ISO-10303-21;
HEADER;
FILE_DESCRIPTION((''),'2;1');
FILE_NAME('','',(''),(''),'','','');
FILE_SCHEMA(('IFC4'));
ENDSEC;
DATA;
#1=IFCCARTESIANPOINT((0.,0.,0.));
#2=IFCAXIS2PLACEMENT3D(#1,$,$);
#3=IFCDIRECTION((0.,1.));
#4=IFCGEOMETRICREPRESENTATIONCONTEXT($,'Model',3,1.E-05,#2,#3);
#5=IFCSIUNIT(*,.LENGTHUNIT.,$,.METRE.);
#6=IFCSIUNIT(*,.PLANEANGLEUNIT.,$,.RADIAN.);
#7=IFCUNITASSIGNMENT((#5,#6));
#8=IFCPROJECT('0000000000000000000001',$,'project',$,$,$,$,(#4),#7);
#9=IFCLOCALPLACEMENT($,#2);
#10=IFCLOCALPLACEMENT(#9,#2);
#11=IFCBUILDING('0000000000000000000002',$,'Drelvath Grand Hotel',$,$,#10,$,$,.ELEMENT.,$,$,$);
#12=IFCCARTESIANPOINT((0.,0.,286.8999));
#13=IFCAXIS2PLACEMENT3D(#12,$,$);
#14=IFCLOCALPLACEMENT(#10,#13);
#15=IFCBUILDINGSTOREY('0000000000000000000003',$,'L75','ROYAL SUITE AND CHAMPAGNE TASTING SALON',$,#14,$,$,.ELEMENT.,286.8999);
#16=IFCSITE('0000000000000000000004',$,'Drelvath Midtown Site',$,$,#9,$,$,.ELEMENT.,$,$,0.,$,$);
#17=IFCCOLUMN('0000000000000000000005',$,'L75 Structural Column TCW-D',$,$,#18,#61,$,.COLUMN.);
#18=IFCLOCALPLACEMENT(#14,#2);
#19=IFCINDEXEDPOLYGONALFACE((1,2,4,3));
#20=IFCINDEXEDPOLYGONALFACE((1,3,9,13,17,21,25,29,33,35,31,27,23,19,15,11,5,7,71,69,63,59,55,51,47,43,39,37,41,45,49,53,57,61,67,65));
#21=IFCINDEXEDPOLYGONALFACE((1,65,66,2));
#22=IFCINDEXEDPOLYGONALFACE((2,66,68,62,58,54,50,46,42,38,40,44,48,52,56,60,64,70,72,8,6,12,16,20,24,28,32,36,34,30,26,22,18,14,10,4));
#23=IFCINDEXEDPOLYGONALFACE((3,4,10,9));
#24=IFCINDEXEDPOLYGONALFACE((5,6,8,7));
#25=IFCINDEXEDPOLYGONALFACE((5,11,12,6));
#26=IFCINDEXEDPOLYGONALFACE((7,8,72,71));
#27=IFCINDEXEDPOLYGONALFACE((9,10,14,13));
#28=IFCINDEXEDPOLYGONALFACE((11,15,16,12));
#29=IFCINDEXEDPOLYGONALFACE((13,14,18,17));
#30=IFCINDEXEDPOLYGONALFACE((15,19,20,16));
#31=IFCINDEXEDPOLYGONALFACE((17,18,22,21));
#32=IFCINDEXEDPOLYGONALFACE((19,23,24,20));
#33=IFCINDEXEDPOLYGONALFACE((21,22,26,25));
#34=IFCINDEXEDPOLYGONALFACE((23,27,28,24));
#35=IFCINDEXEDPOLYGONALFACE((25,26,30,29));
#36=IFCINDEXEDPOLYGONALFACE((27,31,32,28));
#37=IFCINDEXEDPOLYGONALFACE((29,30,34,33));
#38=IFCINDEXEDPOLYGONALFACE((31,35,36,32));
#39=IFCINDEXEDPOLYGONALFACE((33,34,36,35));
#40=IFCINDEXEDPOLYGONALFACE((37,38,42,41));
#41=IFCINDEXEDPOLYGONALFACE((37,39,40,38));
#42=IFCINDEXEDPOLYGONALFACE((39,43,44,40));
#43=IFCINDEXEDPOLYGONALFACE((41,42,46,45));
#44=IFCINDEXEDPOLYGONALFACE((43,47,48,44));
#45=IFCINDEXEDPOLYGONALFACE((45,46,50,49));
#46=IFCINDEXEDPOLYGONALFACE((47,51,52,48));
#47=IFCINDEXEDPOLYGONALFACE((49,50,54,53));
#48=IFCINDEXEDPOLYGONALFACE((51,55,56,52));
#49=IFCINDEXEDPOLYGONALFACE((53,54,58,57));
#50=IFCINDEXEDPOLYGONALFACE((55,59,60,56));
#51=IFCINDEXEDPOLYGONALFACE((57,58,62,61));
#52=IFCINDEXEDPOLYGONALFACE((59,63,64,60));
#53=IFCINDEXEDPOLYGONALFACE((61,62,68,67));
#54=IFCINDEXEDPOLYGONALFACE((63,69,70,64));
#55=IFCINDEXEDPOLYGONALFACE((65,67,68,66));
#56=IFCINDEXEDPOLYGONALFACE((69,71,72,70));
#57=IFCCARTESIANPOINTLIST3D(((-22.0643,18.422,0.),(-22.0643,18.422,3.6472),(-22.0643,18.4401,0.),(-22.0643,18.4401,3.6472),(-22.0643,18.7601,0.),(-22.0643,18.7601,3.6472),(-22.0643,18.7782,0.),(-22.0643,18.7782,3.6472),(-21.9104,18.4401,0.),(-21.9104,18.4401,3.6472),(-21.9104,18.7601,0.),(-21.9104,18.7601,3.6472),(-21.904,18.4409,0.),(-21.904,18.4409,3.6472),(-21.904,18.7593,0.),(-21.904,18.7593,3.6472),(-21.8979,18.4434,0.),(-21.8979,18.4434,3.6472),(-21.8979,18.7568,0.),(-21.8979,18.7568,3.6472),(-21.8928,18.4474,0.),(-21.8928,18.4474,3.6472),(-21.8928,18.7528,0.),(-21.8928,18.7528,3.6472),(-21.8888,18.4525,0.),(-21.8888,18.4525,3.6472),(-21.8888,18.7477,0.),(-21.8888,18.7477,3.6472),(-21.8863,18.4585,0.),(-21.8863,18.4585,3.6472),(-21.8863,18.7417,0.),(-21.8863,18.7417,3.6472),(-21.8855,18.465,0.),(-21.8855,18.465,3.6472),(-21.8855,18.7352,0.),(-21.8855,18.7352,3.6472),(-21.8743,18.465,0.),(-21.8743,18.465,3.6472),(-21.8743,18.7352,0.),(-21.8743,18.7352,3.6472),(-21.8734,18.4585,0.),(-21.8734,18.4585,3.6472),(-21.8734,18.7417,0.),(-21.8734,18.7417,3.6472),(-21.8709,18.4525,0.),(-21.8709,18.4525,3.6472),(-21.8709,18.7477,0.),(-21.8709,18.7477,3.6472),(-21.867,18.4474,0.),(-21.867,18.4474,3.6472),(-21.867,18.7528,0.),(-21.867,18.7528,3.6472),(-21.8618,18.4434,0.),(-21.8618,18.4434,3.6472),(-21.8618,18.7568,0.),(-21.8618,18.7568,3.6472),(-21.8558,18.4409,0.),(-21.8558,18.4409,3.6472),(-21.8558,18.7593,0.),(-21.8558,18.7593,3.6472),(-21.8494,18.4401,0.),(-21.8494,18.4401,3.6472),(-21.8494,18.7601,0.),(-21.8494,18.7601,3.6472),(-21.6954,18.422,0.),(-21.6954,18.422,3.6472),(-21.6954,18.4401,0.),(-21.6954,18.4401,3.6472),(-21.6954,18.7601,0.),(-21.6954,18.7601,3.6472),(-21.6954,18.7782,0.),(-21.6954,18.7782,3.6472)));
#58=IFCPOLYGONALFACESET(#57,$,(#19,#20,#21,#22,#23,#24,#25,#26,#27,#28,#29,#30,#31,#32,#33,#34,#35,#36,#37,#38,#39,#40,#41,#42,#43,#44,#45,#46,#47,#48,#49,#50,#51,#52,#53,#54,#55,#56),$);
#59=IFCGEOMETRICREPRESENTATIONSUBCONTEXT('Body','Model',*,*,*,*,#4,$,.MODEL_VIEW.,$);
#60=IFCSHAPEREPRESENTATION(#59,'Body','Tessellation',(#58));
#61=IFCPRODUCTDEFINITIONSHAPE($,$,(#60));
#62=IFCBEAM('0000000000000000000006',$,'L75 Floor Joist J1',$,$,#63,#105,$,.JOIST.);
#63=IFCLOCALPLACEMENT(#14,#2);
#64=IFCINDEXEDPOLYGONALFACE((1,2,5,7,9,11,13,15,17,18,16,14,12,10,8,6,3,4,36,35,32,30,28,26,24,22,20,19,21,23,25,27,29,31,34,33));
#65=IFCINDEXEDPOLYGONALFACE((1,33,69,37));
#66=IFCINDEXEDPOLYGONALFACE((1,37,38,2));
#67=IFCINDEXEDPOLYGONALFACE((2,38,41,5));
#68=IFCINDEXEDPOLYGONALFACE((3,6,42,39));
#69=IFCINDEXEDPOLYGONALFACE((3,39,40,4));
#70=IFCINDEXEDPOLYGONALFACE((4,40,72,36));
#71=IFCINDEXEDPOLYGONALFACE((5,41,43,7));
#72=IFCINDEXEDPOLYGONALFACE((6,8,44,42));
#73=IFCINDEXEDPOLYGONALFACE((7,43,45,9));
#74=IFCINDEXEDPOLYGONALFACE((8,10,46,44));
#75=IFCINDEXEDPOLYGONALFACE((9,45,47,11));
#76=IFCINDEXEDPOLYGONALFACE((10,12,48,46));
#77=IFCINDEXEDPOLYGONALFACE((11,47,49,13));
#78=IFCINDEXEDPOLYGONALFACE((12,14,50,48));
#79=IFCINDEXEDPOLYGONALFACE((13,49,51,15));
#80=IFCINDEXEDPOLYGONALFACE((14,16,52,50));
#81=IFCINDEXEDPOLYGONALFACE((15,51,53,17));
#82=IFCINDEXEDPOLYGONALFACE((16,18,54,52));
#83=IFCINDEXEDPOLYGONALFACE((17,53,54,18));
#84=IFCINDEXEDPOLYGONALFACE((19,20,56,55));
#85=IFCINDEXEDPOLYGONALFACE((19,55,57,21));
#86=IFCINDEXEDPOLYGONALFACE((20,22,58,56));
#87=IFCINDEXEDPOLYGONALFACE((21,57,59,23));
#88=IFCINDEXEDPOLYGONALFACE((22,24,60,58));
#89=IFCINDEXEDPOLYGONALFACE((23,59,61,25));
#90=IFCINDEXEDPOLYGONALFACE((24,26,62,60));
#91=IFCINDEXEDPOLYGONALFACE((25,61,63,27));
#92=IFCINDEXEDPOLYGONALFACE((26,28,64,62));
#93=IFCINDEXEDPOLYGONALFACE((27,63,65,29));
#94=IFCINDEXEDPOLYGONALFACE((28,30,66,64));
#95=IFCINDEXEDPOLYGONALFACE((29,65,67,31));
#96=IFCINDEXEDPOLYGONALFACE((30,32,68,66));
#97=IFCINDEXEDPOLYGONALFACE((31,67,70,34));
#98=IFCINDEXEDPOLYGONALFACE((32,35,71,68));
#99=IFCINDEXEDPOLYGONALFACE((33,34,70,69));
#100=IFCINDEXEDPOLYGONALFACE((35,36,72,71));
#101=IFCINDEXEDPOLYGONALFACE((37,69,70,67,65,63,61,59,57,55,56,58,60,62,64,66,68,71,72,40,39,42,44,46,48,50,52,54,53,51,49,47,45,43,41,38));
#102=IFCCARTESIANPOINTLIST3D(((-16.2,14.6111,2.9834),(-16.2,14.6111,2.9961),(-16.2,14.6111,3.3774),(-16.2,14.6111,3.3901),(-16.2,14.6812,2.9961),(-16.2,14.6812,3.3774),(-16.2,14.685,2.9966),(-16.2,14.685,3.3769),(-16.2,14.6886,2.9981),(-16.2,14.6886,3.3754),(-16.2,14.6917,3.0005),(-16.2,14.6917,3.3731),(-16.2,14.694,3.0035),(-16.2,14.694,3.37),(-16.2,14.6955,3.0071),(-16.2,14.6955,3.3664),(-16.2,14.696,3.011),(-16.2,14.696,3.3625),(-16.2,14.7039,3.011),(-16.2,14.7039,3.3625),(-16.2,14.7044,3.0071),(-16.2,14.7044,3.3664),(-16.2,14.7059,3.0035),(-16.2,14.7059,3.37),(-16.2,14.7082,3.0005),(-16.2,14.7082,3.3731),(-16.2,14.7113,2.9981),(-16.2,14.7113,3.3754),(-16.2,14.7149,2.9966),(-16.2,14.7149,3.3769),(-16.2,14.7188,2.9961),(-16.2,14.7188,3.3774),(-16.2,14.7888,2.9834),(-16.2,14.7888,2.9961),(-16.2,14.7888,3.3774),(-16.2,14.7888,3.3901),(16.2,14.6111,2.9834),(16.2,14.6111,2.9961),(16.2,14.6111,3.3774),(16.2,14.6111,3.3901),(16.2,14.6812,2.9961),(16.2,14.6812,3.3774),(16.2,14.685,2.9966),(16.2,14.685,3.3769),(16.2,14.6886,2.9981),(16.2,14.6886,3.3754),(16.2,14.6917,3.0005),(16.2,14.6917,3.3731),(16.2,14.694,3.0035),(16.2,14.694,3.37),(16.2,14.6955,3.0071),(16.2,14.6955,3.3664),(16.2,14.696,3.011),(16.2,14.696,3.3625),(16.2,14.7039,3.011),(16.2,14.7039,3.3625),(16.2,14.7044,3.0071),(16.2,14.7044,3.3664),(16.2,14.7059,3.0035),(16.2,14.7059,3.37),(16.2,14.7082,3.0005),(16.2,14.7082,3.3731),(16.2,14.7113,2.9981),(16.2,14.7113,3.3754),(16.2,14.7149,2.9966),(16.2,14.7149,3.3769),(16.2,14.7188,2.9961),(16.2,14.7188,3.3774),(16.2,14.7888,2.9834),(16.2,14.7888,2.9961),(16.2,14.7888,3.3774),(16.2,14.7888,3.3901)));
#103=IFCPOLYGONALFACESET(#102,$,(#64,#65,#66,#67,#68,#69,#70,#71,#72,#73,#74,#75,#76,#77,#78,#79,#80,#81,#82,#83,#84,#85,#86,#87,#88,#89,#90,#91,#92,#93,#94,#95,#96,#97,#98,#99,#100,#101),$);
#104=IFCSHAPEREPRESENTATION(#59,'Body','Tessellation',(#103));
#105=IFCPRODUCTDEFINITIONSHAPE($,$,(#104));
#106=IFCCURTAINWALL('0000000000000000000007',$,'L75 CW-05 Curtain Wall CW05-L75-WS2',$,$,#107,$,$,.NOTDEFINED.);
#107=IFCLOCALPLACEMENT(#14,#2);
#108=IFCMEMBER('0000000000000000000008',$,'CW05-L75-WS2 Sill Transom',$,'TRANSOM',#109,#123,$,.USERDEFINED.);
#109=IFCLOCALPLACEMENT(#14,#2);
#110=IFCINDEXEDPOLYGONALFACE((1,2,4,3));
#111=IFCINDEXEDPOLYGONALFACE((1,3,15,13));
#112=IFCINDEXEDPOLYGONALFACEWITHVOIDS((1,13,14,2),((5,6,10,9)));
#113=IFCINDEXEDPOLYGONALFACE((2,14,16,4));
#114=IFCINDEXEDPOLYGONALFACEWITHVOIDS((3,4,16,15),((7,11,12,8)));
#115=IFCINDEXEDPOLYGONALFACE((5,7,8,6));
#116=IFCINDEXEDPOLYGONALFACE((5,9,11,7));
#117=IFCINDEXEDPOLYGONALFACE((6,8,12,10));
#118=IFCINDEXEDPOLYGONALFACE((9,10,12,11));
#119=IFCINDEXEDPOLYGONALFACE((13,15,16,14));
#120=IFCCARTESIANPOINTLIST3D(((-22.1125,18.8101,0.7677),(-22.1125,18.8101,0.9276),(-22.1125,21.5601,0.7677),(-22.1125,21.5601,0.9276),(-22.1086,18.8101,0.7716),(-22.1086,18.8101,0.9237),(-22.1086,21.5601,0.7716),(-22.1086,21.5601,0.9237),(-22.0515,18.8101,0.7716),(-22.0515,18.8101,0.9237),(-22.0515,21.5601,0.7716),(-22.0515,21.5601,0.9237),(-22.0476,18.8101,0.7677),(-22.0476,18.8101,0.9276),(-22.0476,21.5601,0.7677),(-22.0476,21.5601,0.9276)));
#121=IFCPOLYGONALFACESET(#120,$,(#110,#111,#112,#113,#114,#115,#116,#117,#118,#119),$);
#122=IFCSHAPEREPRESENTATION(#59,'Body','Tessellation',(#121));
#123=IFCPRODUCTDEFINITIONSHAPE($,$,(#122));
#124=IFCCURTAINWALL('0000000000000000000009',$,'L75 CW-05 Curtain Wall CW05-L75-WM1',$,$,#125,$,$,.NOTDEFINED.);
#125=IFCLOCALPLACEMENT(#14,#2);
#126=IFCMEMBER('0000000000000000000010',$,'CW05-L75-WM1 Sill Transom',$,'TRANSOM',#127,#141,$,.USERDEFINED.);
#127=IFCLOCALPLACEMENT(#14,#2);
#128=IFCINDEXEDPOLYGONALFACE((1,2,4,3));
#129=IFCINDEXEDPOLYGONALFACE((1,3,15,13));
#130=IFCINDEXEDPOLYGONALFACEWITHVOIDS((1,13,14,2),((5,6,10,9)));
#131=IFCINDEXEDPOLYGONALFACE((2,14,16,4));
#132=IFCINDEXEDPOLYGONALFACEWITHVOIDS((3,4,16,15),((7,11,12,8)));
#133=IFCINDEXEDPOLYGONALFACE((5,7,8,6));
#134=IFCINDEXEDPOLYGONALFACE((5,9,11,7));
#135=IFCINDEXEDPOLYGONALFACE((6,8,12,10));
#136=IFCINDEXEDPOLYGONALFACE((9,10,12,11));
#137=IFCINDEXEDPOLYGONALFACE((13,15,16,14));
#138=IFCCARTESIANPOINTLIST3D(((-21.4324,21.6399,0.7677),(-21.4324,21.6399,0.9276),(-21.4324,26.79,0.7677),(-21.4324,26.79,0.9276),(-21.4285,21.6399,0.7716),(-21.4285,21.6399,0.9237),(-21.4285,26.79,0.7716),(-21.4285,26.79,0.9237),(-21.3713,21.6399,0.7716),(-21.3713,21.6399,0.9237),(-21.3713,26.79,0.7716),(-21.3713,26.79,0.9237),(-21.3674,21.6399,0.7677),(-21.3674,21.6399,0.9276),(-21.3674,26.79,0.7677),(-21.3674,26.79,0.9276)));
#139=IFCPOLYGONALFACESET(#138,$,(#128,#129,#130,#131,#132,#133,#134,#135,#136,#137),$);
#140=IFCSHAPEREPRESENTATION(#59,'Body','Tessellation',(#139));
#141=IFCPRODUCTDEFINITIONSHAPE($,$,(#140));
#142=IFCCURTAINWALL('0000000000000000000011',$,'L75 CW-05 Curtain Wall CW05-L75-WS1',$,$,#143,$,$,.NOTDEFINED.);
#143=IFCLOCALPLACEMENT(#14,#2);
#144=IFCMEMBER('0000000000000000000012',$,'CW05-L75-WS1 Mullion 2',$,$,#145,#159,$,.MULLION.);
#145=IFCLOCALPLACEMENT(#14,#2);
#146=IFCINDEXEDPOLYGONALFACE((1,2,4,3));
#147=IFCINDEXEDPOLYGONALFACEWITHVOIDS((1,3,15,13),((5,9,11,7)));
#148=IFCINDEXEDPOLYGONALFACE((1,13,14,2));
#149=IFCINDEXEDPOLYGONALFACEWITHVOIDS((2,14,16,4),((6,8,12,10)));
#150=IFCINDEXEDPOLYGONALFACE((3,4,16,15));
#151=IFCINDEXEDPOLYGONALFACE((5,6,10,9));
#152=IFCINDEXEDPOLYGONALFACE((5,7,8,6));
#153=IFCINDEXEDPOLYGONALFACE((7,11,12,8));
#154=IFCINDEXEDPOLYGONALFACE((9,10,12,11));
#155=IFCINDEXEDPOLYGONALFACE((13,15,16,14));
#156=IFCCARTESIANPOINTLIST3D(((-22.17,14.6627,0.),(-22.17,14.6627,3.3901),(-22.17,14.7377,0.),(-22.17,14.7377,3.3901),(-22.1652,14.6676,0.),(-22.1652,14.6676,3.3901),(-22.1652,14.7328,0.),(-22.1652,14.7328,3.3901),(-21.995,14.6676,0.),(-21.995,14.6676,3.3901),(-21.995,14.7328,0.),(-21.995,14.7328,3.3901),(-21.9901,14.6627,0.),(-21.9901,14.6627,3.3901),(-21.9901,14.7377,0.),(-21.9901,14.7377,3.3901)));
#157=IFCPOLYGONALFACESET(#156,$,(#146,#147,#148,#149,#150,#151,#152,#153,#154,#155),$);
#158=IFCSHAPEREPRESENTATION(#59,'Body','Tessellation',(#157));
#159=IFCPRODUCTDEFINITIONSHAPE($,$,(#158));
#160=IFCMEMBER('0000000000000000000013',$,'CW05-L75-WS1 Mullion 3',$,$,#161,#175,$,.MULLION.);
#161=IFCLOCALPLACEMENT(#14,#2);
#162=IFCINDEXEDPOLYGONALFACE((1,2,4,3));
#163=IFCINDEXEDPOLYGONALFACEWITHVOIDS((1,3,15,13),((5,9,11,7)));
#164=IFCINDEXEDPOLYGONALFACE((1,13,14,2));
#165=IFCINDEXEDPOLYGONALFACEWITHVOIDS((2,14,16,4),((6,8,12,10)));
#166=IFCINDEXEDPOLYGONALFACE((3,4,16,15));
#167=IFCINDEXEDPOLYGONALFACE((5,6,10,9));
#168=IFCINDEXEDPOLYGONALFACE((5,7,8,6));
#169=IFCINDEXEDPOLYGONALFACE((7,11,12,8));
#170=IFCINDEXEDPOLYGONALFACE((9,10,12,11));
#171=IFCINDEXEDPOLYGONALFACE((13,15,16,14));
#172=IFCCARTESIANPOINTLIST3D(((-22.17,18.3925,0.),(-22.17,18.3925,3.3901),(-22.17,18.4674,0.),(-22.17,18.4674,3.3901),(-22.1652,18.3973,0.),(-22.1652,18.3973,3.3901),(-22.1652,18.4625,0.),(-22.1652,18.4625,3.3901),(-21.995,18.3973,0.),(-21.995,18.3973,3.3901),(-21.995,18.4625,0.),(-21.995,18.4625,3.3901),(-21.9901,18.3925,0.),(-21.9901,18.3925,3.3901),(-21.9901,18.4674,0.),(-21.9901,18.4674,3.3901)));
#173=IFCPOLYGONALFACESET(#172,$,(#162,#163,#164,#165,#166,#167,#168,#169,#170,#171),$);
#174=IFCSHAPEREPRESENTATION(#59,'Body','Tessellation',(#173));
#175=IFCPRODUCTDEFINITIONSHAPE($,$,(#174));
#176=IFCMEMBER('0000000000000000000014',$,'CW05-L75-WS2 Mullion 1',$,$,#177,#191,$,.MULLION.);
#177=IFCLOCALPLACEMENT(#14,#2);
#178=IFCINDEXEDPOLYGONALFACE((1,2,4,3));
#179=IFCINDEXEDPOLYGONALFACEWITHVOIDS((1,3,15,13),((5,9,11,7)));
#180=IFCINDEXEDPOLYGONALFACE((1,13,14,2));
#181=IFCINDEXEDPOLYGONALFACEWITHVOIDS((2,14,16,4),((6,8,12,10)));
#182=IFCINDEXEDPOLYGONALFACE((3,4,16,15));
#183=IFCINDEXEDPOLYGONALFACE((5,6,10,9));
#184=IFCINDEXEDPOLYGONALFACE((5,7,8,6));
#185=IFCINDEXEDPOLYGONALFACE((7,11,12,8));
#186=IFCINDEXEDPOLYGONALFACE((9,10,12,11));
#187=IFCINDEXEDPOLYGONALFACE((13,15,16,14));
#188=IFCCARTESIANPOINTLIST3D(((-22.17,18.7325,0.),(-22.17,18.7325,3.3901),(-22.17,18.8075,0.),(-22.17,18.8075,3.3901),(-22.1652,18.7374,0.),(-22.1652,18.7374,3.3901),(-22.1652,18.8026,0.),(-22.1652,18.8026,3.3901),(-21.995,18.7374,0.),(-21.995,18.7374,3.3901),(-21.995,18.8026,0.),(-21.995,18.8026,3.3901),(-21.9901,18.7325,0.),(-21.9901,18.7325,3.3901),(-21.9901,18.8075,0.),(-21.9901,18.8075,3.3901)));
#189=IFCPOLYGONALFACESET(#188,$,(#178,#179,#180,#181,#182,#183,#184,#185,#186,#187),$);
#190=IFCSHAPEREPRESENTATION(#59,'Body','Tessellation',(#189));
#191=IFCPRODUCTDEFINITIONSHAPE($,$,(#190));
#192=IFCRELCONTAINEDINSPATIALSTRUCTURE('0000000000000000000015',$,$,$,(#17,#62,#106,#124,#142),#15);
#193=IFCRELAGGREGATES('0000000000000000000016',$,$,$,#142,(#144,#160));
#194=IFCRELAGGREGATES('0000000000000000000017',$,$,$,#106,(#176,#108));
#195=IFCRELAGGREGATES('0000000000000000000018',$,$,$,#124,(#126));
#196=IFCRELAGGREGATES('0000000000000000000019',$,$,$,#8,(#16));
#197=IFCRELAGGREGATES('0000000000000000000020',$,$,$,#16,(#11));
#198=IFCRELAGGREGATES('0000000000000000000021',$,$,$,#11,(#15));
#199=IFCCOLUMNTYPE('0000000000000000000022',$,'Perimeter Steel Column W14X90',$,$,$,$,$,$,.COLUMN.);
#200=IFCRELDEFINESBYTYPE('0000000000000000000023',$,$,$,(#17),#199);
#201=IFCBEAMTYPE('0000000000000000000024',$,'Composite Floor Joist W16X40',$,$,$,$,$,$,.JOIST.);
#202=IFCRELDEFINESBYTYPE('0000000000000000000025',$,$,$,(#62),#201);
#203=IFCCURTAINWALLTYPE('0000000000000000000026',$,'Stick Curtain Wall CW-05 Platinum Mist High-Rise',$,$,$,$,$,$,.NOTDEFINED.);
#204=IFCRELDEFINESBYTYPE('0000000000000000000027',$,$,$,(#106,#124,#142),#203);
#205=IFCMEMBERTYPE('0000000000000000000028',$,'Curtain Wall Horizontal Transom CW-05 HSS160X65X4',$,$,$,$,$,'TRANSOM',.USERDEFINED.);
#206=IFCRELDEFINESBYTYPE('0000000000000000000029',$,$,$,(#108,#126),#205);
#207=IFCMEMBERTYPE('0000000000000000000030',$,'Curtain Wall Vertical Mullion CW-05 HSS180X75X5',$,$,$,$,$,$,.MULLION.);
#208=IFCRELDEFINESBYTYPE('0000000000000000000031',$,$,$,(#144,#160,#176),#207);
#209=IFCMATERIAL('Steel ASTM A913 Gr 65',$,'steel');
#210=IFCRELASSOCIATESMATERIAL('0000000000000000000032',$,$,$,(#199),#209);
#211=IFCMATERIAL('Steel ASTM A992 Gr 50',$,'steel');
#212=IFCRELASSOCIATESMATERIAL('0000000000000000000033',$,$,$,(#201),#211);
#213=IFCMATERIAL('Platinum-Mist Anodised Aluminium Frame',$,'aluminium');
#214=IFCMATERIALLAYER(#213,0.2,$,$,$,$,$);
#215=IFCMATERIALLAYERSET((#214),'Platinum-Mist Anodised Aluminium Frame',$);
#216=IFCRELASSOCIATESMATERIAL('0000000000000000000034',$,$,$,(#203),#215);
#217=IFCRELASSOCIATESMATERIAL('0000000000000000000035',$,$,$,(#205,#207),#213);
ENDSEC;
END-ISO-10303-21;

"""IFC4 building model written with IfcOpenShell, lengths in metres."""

from ifc_helpers import new_model, si_unit, direction, frame, origin, origin_2d, place, context, subcontext, project, spatial, hollow_rectangle, i_section, extrude, material, layer, layer_set, material_profile, profile_set, type_object, element, aggregate, save


model = new_model("IFC4")

# Units and contexts
model_context = context("Model", 3, precision=1e-05, world=origin(), true_north=direction((0.0, 1.0)))
body_context = subcontext(model_context, "Body", "Model", "MODEL_VIEW")
ifc_project = project(units=[si_unit("LENGTHUNIT", "METRE"), si_unit("PLANEANGLEUNIT", "RADIAN")], contexts=[model_context])

# Site, building, storey
site_placement = place(None, origin())
site = spatial("IfcSite", under=ifc_project, at=site_placement, Name="Drelvath Midtown Site", CompositionType="ELEMENT", RefElevation=0.0)
building_placement = place(site_placement, origin())
building = spatial("IfcBuilding", under=site, at=building_placement, Name="Drelvath Grand Hotel", CompositionType="ELEMENT")
storey_placement = place(building_placement, frame((0.0, 0.0, 286.8999)))
storey = spatial("IfcBuildingStorey", under=building, at=storey_placement, Name="L75", Description="ROYAL SUITE AND CHAMPAGNE TASTING SALON", CompositionType="ELEMENT", Elevation=286.8999)

# Column
ifc_material_1 = material(Name="Steel ASTM A913 Gr 65", Category="steel")
ifc_material_profile_1 = material_profile(ifc_material_1, i_section(OverallWidth=0.3689, OverallDepth=0.3562, WebThickness=0.0112, FlangeThickness=0.0181, FilletRadius=0.0249, at=origin_2d()), Name="W14X90")
ifc_profile_set_1 = profile_set([ifc_material_profile_1], Name="Steel ASTM A913 Gr 65")
column_type = type_object("IfcColumnType", Name="Perimeter Steel Column W14X90", PredefinedType="COLUMN", material=ifc_profile_set_1)
column_placement = place(storey_placement, frame((-21.8799, 18.6001, 0.0), z_axis=(0.0, 0.0, 1.0), x_axis=(1.0, 0.0, 0.0)))
element("IfcColumn", 1, at=column_placement, inside=storey, type_object=column_type, Name="L75 Structural Column TCW-D", PredefinedType="COLUMN", context=body_context, shape_type="SweptSolid", body=[
    extrude(i_section(OverallWidth=0.3689, OverallDepth=0.3562, WebThickness=0.0112, FlangeThickness=0.0181, FilletRadius=0.0249, at=origin_2d()), origin(), (0.0, 0.0, 1.0), 3.6472),
])

# Beam
ifc_material_2 = material(Name="Steel ASTM A992 Gr 50", Category="steel")
ifc_material_profile_2 = material_profile(ifc_material_2, i_section(OverallWidth=0.1777, OverallDepth=0.4067, WebThickness=0.0078, FlangeThickness=0.0127, FilletRadius=0.0149, at=origin_2d()), Name="W16X40")
ifc_profile_set_2 = profile_set([ifc_material_profile_2], Name="Steel ASTM A992 Gr 50")
beam_type_1 = type_object("IfcBeamType", Name="Composite Floor Joist W16X40", PredefinedType="JOIST", material=ifc_profile_set_2)
beam_1_placement = place(storey_placement, frame((-16.2, 14.7, 3.1868), z_axis=(1.0, 0.0, 0.0), x_axis=(0.0, 1.0, 0.0)))
element("IfcBeam", 2, at=beam_1_placement, inside=storey, type_object=beam_type_1, Name="L75 Floor Joist J1", PredefinedType="JOIST", context=body_context, shape_type="SweptSolid", body=[
    extrude(i_section(OverallWidth=0.1777, OverallDepth=0.4067, WebThickness=0.0078, FlangeThickness=0.0127, FilletRadius=0.0149, at=origin_2d()), origin(), (0.0, 0.0, 1.0), 32.3999),
])

# Curtain walls, members
ifc_material_3 = material(Name="Platinum-Mist Anodised Aluminium Frame", Category="aluminium")
ifc_layer_1 = layer(ifc_material_3, 0.2)
ifc_layer_set_1 = layer_set([ifc_layer_1], Name="Platinum-Mist Anodised Aluminium Frame")
curtain_wall_type = type_object("IfcCurtainWallType", Name="Stick Curtain Wall CW-05 Platinum Mist High-Rise", PredefinedType="NOTDEFINED", material=ifc_layer_set_1)
curtain_wall_1_placement = place(storey_placement, origin())
curtain_wall_1 = element("IfcCurtainWall", 3, at=curtain_wall_1_placement, inside=storey, type_object=curtain_wall_type, Name="L75 CW-05 Curtain Wall CW05-L75-WS2", PredefinedType="NOTDEFINED")
ifc_material_profile_3 = material_profile(ifc_material_3, hollow_rectangle(XDim=0.0649, YDim=0.1599, WallThickness=0.0039, at=origin_2d()), Name="HSS160X65X4")
ifc_profile_set_3 = profile_set([ifc_material_profile_3], Name="Platinum-Mist Anodised Aluminium Frame")
member_type_1 = type_object("IfcMemberType", Name="Curtain Wall Horizontal Transom CW-05 HSS160X65X4", ElementType="TRANSOM", PredefinedType="USERDEFINED", material=ifc_profile_set_3)
member_1_placement = place(storey_placement, frame((-22.0801, 18.8101, 0.8477), z_axis=(0.0, 1.0, 0.0), x_axis=(-1.0, 0.0, 0.0)))
member_1 = element("IfcMember", 4, at=member_1_placement, type_object=member_type_1, Name="CW05-L75-WS2 Sill Transom", ObjectType="TRANSOM", PredefinedType="USERDEFINED", context=body_context, shape_type="SweptSolid", body=[
    extrude(hollow_rectangle(XDim=0.0649, YDim=0.1599, WallThickness=0.0039, at=origin_2d()), origin(), (0.0, 0.0, 1.0), 2.75),
])
curtain_wall_2_placement = place(storey_placement, origin())
curtain_wall_2 = element("IfcCurtainWall", 5, at=curtain_wall_2_placement, inside=storey, type_object=curtain_wall_type, Name="L75 CW-05 Curtain Wall CW05-L75-WM1", PredefinedType="NOTDEFINED")
member_2_placement = place(storey_placement, frame((-21.3999, 21.6399, 0.8477), z_axis=(0.0, 1.0, 0.0), x_axis=(-1.0, 0.0, 0.0)))
member_2 = element("IfcMember", 6, at=member_2_placement, type_object=member_type_1, Name="CW05-L75-WM1 Sill Transom", ObjectType="TRANSOM", PredefinedType="USERDEFINED", context=body_context, shape_type="SweptSolid", body=[
    extrude(hollow_rectangle(XDim=0.0649, YDim=0.1599, WallThickness=0.0039, at=origin_2d()), origin(), (0.0, 0.0, 1.0), 5.1501),
])

# Curtain wall, members
curtain_wall_3_placement = place(storey_placement, origin())
curtain_wall_3 = element("IfcCurtainWall", 7, at=curtain_wall_3_placement, inside=storey, type_object=curtain_wall_type, Name="L75 CW-05 Curtain Wall CW05-L75-WS1", PredefinedType="NOTDEFINED")
ifc_material_profile_4 = material_profile(ifc_material_3, hollow_rectangle(XDim=0.075, YDim=0.1799, WallThickness=0.0049, at=origin_2d()), Name="HSS180X75X5")
ifc_profile_set_4 = profile_set([ifc_material_profile_4], Name="Platinum-Mist Anodised Aluminium Frame")
member_type_2 = type_object("IfcMemberType", Name="Curtain Wall Vertical Mullion CW-05 HSS180X75X5", PredefinedType="MULLION", material=ifc_profile_set_4)
member_3_placement = place(storey_placement, frame((-22.0801, 14.7002, 0.0), z_axis=(0.0, 0.0, 1.0), x_axis=(0.0, 1.0, 0.0)))
member_3 = element("IfcMember", 8, at=member_3_placement, type_object=member_type_2, Name="CW05-L75-WS1 Mullion 2", PredefinedType="MULLION", context=body_context, shape_type="SweptSolid", body=[
    extrude(hollow_rectangle(XDim=0.075, YDim=0.1799, WallThickness=0.0049, at=origin_2d()), origin(), (0.0, 0.0, 1.0), 3.3901),
])
member_4_placement = place(storey_placement, frame((-22.0801, 18.4299, 0.0), z_axis=(0.0, 0.0, 1.0), x_axis=(0.0, 1.0, 0.0)))
member_4 = element("IfcMember", 9, at=member_4_placement, type_object=member_type_2, Name="CW05-L75-WS1 Mullion 3", PredefinedType="MULLION", context=body_context, shape_type="SweptSolid", body=[
    extrude(hollow_rectangle(XDim=0.075, YDim=0.1799, WallThickness=0.0049, at=origin_2d()), origin(), (0.0, 0.0, 1.0), 3.3901),
])

# Member
member_5_placement = place(storey_placement, frame((-22.0801, 18.77, 0.0), z_axis=(0.0, 0.0, 1.0), x_axis=(0.0, 1.0, 0.0)))
member_5 = element("IfcMember", 10, at=member_5_placement, type_object=member_type_2, Name="CW05-L75-WS2 Mullion 1", PredefinedType="MULLION", context=body_context, shape_type="SweptSolid", body=[
    extrude(hollow_rectangle(XDim=0.075, YDim=0.1799, WallThickness=0.0049, at=origin_2d()), origin(), (0.0, 0.0, 1.0), 3.3901),
])

aggregate(curtain_wall_3, [member_3, member_4])
aggregate(curtain_wall_1, [member_5, member_1])
aggregate(curtain_wall_2, [member_2])

save(model, "model.ifc")
